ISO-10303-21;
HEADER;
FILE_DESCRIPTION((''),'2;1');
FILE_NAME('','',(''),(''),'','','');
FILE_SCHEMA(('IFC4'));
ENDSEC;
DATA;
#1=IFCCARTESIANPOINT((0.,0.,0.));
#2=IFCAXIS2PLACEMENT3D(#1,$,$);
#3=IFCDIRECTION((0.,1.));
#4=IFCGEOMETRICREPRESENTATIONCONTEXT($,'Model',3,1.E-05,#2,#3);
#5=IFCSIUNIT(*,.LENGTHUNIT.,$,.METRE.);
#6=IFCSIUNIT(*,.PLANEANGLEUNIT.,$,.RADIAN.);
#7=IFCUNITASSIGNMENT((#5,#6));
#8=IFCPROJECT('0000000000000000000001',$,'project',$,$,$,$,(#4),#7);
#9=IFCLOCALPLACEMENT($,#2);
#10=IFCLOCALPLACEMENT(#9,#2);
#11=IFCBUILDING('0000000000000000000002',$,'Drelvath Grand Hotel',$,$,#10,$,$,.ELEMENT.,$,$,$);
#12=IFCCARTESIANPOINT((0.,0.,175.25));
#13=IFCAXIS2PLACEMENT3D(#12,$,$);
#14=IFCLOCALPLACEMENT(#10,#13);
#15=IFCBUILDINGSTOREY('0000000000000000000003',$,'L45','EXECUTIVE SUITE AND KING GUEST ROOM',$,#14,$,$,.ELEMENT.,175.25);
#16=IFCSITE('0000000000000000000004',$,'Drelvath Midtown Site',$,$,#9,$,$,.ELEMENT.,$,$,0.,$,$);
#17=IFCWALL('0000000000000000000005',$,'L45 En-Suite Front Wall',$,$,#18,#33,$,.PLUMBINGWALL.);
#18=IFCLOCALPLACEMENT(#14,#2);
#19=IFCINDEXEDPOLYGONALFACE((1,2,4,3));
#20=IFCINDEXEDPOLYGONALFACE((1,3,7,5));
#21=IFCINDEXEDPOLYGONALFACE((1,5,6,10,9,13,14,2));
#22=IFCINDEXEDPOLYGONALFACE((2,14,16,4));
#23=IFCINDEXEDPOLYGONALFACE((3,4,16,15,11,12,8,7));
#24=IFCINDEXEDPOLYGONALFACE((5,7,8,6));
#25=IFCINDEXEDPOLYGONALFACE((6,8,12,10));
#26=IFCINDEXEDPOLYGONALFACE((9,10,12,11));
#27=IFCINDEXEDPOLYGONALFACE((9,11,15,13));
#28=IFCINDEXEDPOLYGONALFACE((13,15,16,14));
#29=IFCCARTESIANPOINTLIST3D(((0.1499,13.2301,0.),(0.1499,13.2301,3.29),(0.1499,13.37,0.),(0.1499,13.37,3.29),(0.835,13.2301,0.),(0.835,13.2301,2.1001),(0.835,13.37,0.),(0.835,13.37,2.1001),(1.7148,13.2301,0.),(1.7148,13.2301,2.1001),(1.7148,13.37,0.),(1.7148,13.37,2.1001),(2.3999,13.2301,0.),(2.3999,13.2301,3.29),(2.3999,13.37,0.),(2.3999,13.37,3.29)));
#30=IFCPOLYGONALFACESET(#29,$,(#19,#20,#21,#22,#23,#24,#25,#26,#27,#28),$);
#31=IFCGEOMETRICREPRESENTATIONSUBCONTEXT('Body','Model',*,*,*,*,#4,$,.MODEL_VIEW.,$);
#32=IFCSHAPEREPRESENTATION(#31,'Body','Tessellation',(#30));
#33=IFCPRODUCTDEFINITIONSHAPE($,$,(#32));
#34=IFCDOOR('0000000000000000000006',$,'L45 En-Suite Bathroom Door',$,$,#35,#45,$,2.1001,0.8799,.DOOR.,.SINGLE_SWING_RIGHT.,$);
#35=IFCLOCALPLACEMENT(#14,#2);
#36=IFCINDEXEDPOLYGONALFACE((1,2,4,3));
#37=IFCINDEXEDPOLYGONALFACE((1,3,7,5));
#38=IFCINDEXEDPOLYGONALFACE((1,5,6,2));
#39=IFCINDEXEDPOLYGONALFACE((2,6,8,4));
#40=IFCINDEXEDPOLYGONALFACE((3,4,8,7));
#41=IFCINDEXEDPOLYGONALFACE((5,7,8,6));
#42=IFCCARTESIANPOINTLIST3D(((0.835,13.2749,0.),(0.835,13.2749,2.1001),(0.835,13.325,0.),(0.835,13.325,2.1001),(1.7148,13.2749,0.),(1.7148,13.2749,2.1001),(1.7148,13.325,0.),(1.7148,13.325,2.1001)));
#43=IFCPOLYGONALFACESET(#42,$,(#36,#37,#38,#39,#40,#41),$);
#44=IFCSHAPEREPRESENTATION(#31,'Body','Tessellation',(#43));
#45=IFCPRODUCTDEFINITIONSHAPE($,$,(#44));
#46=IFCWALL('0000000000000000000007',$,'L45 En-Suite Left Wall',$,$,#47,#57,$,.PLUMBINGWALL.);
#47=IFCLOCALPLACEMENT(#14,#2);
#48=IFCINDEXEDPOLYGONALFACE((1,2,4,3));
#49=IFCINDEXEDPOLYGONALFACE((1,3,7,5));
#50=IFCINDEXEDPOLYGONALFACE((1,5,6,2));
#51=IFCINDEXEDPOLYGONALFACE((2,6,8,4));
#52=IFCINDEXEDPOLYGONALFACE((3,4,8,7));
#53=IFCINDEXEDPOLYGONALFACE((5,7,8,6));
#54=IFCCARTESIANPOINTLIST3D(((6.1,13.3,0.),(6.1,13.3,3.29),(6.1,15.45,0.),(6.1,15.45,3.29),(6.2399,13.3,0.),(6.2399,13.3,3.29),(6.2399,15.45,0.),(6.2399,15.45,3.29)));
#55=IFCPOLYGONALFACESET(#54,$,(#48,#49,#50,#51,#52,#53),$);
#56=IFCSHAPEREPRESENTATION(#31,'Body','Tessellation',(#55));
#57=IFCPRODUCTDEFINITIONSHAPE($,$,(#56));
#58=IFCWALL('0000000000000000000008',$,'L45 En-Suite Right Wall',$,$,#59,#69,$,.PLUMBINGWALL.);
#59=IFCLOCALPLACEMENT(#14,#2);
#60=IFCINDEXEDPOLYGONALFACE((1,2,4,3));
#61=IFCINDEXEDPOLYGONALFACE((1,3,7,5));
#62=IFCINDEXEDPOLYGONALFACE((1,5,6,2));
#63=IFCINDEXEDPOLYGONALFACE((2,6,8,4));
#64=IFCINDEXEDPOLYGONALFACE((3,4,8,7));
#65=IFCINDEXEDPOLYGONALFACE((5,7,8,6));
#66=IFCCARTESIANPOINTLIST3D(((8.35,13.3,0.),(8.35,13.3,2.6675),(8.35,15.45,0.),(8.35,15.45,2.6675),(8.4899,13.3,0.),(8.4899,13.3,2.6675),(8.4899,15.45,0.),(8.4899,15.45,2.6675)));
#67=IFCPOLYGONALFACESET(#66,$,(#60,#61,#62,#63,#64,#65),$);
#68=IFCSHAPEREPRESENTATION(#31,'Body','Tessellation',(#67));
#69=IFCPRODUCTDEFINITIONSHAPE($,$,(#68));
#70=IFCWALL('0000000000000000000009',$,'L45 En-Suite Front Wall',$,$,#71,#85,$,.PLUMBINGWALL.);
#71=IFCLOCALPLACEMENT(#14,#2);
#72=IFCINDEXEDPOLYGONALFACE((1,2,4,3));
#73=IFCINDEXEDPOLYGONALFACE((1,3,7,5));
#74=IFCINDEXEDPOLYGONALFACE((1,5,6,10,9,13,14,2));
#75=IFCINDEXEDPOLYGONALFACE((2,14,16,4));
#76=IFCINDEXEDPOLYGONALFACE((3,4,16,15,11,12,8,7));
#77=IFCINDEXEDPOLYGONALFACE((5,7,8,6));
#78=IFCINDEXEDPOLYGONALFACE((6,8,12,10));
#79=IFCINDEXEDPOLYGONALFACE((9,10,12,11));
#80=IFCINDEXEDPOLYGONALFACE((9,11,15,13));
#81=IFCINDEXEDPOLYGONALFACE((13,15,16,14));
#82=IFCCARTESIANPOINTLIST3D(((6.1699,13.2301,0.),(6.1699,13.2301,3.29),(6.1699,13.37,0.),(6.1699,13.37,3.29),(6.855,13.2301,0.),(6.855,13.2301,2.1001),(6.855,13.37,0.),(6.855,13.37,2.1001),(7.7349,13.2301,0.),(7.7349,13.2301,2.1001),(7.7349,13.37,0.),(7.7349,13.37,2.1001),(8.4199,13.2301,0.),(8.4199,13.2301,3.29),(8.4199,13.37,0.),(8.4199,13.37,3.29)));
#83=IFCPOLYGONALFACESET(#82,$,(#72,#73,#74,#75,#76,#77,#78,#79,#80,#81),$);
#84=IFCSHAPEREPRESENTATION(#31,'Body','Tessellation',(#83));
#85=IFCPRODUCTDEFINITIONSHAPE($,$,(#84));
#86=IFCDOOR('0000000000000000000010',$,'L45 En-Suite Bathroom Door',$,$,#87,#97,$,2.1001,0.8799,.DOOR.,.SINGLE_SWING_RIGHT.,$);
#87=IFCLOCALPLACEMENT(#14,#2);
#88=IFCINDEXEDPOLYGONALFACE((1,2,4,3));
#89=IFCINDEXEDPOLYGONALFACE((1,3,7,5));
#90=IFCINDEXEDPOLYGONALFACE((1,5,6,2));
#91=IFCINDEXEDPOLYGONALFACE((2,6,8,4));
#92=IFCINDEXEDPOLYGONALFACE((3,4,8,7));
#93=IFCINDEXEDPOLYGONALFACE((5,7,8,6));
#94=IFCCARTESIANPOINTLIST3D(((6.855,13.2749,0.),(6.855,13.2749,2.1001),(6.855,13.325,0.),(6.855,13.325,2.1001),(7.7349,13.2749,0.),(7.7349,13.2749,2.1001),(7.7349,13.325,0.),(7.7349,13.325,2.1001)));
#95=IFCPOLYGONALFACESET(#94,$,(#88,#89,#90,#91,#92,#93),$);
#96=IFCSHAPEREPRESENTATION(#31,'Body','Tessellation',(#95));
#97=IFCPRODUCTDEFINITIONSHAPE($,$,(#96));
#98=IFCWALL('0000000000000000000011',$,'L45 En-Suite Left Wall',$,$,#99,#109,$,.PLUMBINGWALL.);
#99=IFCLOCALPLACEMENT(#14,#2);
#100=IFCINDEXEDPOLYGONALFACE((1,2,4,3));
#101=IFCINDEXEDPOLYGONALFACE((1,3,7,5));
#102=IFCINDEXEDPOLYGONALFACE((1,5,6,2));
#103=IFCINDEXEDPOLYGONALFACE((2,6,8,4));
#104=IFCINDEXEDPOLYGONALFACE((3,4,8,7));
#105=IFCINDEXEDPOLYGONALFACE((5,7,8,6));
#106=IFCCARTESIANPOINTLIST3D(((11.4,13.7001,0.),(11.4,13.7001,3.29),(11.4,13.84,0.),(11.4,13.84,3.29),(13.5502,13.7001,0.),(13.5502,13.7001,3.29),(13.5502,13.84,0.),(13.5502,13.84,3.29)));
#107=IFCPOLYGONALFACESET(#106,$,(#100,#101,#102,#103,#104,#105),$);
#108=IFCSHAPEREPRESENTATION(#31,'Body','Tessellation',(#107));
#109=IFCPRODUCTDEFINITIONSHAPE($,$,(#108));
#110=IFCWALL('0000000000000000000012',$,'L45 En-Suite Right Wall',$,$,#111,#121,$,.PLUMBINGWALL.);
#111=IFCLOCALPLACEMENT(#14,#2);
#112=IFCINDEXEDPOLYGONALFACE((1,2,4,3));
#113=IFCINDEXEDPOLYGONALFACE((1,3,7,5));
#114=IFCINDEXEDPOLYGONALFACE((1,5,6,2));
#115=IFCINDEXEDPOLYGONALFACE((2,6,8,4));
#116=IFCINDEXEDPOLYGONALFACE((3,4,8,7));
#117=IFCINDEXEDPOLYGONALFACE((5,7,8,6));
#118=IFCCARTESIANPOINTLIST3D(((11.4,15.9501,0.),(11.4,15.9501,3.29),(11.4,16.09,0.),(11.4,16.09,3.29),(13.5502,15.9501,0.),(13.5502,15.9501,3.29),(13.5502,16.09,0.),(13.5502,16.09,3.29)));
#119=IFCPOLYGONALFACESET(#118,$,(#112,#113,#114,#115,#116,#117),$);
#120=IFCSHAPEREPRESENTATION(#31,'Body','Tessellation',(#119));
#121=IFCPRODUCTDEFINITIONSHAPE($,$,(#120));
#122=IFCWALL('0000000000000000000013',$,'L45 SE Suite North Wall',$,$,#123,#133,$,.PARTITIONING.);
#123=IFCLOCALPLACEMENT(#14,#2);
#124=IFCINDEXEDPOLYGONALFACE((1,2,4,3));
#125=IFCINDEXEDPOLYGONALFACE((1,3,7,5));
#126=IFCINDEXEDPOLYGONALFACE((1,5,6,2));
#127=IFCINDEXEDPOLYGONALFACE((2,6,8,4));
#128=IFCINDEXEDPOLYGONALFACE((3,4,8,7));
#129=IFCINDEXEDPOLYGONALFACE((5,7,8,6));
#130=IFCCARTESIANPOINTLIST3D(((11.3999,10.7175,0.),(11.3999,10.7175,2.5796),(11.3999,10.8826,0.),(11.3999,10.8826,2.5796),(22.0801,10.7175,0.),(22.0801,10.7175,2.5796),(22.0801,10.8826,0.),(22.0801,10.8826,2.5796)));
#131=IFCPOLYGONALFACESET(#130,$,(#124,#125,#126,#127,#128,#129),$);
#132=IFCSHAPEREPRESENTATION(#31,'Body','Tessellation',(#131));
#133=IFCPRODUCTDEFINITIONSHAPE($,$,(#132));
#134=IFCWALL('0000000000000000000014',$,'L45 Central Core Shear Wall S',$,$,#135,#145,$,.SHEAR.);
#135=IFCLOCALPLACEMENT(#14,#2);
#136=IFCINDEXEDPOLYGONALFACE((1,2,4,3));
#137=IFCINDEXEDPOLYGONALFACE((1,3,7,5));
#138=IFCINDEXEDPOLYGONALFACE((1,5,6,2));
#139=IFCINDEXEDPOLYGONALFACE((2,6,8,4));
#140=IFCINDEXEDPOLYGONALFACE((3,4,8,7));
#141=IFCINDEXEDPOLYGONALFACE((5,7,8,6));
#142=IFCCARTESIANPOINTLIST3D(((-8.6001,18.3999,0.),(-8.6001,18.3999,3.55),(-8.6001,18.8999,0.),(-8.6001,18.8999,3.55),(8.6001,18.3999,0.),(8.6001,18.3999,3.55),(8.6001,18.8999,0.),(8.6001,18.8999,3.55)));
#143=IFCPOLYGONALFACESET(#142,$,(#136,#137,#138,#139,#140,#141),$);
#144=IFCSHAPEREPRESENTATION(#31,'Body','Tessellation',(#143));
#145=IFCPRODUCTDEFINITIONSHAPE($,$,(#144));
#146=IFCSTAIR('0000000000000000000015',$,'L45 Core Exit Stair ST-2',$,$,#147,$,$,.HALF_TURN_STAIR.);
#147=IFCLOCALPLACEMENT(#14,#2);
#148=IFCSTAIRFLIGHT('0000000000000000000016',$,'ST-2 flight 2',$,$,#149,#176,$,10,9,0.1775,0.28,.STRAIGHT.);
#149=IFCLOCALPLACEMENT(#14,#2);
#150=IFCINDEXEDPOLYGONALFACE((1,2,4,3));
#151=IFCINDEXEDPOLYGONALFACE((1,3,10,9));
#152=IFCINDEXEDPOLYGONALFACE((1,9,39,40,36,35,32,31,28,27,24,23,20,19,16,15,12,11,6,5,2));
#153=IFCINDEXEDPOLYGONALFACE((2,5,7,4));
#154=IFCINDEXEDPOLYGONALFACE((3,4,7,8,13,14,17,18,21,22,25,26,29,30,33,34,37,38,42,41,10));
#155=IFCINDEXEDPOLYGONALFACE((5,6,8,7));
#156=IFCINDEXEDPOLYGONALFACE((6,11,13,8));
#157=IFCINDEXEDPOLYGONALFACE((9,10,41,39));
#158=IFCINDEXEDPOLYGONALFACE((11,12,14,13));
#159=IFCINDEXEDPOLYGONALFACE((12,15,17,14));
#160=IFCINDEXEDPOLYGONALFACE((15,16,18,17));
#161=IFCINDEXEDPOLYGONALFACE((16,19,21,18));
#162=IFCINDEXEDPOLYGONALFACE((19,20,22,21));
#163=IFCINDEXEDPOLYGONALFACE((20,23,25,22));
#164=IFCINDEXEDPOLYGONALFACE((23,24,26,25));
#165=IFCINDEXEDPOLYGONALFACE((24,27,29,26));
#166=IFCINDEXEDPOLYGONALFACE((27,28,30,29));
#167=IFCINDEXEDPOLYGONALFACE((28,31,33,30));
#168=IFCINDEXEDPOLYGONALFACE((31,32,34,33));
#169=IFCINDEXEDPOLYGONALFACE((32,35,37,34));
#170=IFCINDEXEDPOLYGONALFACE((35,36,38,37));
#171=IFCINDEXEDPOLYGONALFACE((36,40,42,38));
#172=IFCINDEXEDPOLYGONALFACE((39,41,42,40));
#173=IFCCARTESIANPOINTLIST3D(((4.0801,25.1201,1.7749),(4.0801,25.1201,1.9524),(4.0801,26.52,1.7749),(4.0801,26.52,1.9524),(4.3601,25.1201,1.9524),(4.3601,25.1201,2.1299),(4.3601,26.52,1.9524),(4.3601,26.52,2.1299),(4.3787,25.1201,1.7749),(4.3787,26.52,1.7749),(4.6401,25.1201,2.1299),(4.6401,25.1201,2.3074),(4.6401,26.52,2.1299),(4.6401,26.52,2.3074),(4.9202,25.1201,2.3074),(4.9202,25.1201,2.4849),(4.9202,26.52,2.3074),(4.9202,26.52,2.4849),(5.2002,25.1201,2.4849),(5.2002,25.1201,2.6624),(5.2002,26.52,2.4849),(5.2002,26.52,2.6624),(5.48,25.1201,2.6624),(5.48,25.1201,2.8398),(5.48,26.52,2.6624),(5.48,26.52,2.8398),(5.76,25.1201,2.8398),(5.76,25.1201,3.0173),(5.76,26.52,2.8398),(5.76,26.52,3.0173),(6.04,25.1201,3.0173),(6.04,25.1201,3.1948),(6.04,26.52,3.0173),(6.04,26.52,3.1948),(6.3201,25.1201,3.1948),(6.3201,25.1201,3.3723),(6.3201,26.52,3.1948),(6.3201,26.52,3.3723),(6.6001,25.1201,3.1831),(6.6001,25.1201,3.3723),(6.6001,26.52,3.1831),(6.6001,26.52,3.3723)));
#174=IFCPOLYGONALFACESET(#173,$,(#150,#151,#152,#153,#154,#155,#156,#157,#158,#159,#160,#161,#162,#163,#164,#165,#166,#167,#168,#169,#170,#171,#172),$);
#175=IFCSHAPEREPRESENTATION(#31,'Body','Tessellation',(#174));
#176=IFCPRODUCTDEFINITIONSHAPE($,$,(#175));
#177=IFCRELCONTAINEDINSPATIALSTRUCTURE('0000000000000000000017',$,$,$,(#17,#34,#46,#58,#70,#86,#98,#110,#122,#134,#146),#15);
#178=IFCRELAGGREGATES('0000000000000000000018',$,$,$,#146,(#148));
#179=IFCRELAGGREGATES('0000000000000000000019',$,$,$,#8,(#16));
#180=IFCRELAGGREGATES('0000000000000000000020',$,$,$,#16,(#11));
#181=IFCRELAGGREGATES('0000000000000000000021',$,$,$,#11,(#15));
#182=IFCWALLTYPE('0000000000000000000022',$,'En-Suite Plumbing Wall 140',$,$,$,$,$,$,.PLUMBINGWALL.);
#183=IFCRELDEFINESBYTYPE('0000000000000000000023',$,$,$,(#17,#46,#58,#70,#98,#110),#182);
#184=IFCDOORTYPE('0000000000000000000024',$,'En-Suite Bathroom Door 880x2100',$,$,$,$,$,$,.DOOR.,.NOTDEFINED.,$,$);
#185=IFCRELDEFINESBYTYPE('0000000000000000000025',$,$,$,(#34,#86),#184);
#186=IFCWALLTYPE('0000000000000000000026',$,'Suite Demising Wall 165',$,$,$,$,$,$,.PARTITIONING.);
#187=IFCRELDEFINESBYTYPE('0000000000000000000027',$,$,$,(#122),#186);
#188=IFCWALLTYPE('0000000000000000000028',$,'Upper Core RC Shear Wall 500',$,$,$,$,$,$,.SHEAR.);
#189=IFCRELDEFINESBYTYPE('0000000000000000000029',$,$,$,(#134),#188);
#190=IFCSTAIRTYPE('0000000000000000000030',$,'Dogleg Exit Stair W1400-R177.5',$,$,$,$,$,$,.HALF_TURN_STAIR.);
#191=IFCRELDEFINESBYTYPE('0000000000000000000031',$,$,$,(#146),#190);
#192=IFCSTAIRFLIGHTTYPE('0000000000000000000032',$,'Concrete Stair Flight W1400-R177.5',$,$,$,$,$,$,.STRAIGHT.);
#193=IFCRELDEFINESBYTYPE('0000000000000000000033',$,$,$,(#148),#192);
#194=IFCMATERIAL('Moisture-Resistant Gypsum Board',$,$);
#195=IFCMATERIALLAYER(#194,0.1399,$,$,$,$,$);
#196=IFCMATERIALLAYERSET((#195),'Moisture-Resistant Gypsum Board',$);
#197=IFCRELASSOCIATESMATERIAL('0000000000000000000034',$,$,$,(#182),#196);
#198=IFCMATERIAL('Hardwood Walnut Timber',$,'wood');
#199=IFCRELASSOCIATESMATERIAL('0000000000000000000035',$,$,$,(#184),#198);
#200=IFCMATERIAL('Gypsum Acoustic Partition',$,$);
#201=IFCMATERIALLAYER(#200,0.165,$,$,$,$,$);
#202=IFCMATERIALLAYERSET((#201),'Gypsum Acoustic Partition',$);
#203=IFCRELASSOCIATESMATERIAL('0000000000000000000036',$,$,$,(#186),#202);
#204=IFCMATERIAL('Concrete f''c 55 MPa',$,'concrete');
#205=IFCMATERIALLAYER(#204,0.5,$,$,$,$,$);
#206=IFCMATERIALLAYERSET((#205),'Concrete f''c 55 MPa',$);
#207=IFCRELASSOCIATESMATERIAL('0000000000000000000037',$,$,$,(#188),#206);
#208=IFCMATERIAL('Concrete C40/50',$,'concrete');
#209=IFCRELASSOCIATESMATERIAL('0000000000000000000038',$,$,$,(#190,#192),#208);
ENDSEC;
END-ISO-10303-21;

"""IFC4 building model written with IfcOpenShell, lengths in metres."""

from ifc_helpers import new_model, si_unit, direction, frame, frame_2d, origin, place, context, subcontext, project, spatial, polyline, rectangle, outline, extrude, material, layer, layer_set, type_object, element, fill, aggregate, save


model = new_model("IFC4")

# Units and contexts
model_context = context("Model", 3, precision=1e-05, world=origin(), true_north=direction((0.0, 1.0)))
body_context = subcontext(model_context, "Body", "Model", "MODEL_VIEW")
ifc_project = project(units=[si_unit("LENGTHUNIT", "METRE"), si_unit("PLANEANGLEUNIT", "RADIAN")], contexts=[model_context])

# Site, building, storey
site_placement = place(None, origin())
site = spatial("IfcSite", under=ifc_project, at=site_placement, Name="Drelvath Midtown Site", CompositionType="ELEMENT", RefElevation=0.0)
building_placement = place(site_placement, origin())
building = spatial("IfcBuilding", under=site, at=building_placement, Name="Drelvath Grand Hotel", CompositionType="ELEMENT")
storey_placement = place(building_placement, frame((0.0, 0.0, 175.25)))
storey = spatial("IfcBuildingStorey", under=building, at=storey_placement, Name="L45", Description="EXECUTIVE SUITE AND KING GUEST ROOM", CompositionType="ELEMENT", Elevation=175.25)

# Shared definitions
ifc_material_1 = material(Name="Concrete f'c 55 MPa", Category="concrete")

# Shared definitions
ifc_material_2 = material(Name="Concrete C40/50", Category="concrete")

# Shared definitions
ifc_material_3 = material(Name="Moisture-Resistant Gypsum Board")
ifc_layer_1 = layer(ifc_material_3, 0.1399)
ifc_layer_set_1 = layer_set([ifc_layer_1], Name="Moisture-Resistant Gypsum Board")
wall_type_1 = type_object("IfcWallType", Name="En-Suite Plumbing Wall 140", PredefinedType="PLUMBINGWALL", material=ifc_layer_set_1)

# Wall, opening, door
wall_1_placement = place(storey_placement, frame((0.1499, 13.3, 0.0), z_axis=(0.0, 0.0, 1.0), x_axis=(1.0, 0.0, 0.0)))
wall_1 = element("IfcWall", 1, at=wall_1_placement, inside=storey, type_object=wall_type_1, Name="L45 En-Suite Front Wall", PredefinedType="PLUMBINGWALL", context=body_context, shape_type="SweptSolid", body=[
    extrude(rectangle(XDim=2.25, YDim=0.1399, at=frame_2d((1.125, 0.0))), origin(), (0.0, 0.0, 1.0), 3.29),
])
opening_1_placement = place(wall_1_placement, frame((0.6851, 0.0, 0.0)))
opening_1 = element("IfcOpeningElement", 2, at=opening_1_placement, cuts=wall_1, PredefinedType="OPENING", context=body_context, shape_type="SweptSolid", body=[
    extrude(rectangle(XDim=0.8799, YDim=2.1001, at=frame_2d((0.4399, 1.05))), frame((0.0, 0.0798, 0.0), z_axis=(0.0, -1.0, 0.0), x_axis=(1.0, 0.0, 0.0)), (0.0, 0.0, 1.0), 0.1599),
])
ifc_material_4 = material(Name="Hardwood Walnut Timber", Category="wood")
door_type_1 = type_object("IfcDoorType", Name="En-Suite Bathroom Door 880x2100", OperationType="NOTDEFINED", PredefinedType="DOOR", material=ifc_material_4)
door_1_placement = place(opening_1_placement, origin())
door_1 = element("IfcDoor", 3, at=door_1_placement, inside=storey, type_object=door_type_1, Name="L45 En-Suite Bathroom Door", OperationType="SINGLE_SWING_RIGHT", OverallHeight=2.1001, OverallWidth=0.8799, PredefinedType="DOOR", context=body_context, shape_type="SweptSolid", body=[
    extrude(rectangle(XDim=0.8799, YDim=2.1001, at=frame_2d((0.4399, 1.05))), frame((0.0, 0.0249, 0.0), z_axis=(0.0, -1.0, 0.0), x_axis=(1.0, 0.0, 0.0)), (0.0, 0.0, 1.0), 0.05),
])
fill(opening_1, door_1)

# Walls
wall_2_placement = place(storey_placement, frame((6.1699, 15.45, 0.0), z_axis=(0.0, 0.0, 1.0), x_axis=(0.0, -1.0, 0.0)))
element("IfcWall", 4, at=wall_2_placement, inside=storey, type_object=wall_type_1, Name="L45 En-Suite Left Wall", PredefinedType="PLUMBINGWALL", context=body_context, shape_type="SweptSolid", body=[
    extrude(rectangle(XDim=2.1499, YDim=0.1399, at=frame_2d((1.075, 0.0))), origin(), (0.0, 0.0, 1.0), 3.29),
])
wall_3_placement = place(storey_placement, frame((8.4199, 15.45, 0.0), z_axis=(0.0, 0.0, 1.0), x_axis=(0.0, -1.0, 0.0)))
element("IfcWall", 5, at=wall_3_placement, inside=storey, type_object=wall_type_1, Name="L45 En-Suite Right Wall", PredefinedType="PLUMBINGWALL", context=body_context, shape_type="SweptSolid", body=[
    extrude(rectangle(XDim=2.1499, YDim=0.1399, at=frame_2d((1.075, 0.0))), origin(), (0.0, 0.0, 1.0), 2.6675),
])

# Wall, opening, door
wall_4_placement = place(storey_placement, frame((6.1699, 13.3, 0.0), z_axis=(0.0, 0.0, 1.0), x_axis=(1.0, 0.0, 0.0)))
wall_4 = element("IfcWall", 6, at=wall_4_placement, inside=storey, type_object=wall_type_1, Name="L45 En-Suite Front Wall", PredefinedType="PLUMBINGWALL", context=body_context, shape_type="SweptSolid", body=[
    extrude(rectangle(XDim=2.25, YDim=0.1399, at=frame_2d((1.125, 0.0))), origin(), (0.0, 0.0, 1.0), 3.29),
])
opening_2_placement = place(wall_4_placement, frame((0.6851, 0.0, 0.0)))
opening_2 = element("IfcOpeningElement", 7, at=opening_2_placement, cuts=wall_4, PredefinedType="OPENING", context=body_context, shape_type="SweptSolid", body=[
    extrude(rectangle(XDim=0.8799, YDim=2.1001, at=frame_2d((0.4399, 1.05))), frame((0.0, 0.0798, 0.0), z_axis=(0.0, -1.0, 0.0), x_axis=(1.0, 0.0, 0.0)), (0.0, 0.0, 1.0), 0.1599),
])
door_2_placement = place(opening_2_placement, origin())
door_2 = element("IfcDoor", 8, at=door_2_placement, inside=storey, type_object=door_type_1, Name="L45 En-Suite Bathroom Door", OperationType="SINGLE_SWING_RIGHT", OverallHeight=2.1001, OverallWidth=0.8799, PredefinedType="DOOR", context=body_context, shape_type="SweptSolid", body=[
    extrude(rectangle(XDim=0.8799, YDim=2.1001, at=frame_2d((0.4399, 1.05))), frame((0.0, 0.0249, 0.0), z_axis=(0.0, -1.0, 0.0), x_axis=(1.0, 0.0, 0.0)), (0.0, 0.0, 1.0), 0.05),
])
fill(opening_2, door_2)

# Walls
for number, where, z_axis, x_axis, name in (
    (9, (11.3999, 13.77, 0.0), (0.0, 0.0, 1.0), (1.0, 0.0, 0.0), "L45 En-Suite Left Wall"),
    (10, (11.3999, 16.02, 0.0), (0.0, 0.0, 1.0), (1.0, 0.0, 0.0), "L45 En-Suite Right Wall"),
):
    element("IfcWall", number, at=place(storey_placement, frame(where, z_axis=z_axis, x_axis=x_axis)), inside=storey, type_object=wall_type_1, Name=name, PredefinedType="PLUMBINGWALL", context=body_context, shape_type="SweptSolid", body=[
        extrude(rectangle(XDim=2.1501, YDim=0.1399, at=frame_2d((1.0752, 0.0))), origin(), (0.0, 0.0, 1.0), 3.29),
    ])
ifc_material_5 = material(Name="Gypsum Acoustic Partition")
ifc_layer_2 = layer(ifc_material_5, 0.165)
ifc_layer_set_2 = layer_set([ifc_layer_2], Name="Gypsum Acoustic Partition")
wall_type_2 = type_object("IfcWallType", Name="Suite Demising Wall 165", PredefinedType="PARTITIONING", material=ifc_layer_set_2)
wall_5_placement = place(storey_placement, frame((11.3999, 10.8, 0.0), z_axis=(0.0, 0.0, 1.0), x_axis=(1.0, 0.0, 0.0)))
element("IfcWall", 11, at=wall_5_placement, inside=storey, type_object=wall_type_2, Name="L45 SE Suite North Wall", PredefinedType="PARTITIONING", context=body_context, shape_type="SweptSolid", body=[
    extrude(rectangle(XDim=10.6802, YDim=0.165, at=frame_2d((5.3401, 0.0))), origin(), (0.0, 0.0, 1.0), 2.5796),
])
ifc_layer_3 = layer(ifc_material_1, 0.5)
ifc_layer_set_3 = layer_set([ifc_layer_3], Name="Concrete f'c 55 MPa")
wall_type_3 = type_object("IfcWallType", Name="Upper Core RC Shear Wall 500", PredefinedType="SHEAR", material=ifc_layer_set_3)
wall_6_placement = place(storey_placement, frame((8.6001, 18.6499, 0.0), z_axis=(0.0, 0.0, 1.0), x_axis=(-1.0, 0.0, 0.0)))
element("IfcWall", 12, at=wall_6_placement, inside=storey, type_object=wall_type_3, Name="L45 Central Core Shear Wall S", PredefinedType="SHEAR", context=body_context, shape_type="SweptSolid", body=[
    extrude(rectangle(XDim=17.2002, YDim=0.5, at=frame_2d((8.6001, 0.0))), origin(), (0.0, 0.0, 1.0), 3.55),
])

# Stair, stair flight
stair_type = type_object("IfcStairType", Name="Dogleg Exit Stair W1400-R177.5", PredefinedType="HALF_TURN_STAIR", material=ifc_material_2)
stair_placement = place(storey_placement, origin())
stair = element("IfcStair", 13, at=stair_placement, inside=storey, type_object=stair_type, Name="L45 Core Exit Stair ST-2", PredefinedType="HALF_TURN_STAIR")
stair_flight_type = type_object("IfcStairFlightType", Name="Concrete Stair Flight W1400-R177.5", PredefinedType="STRAIGHT", material=ifc_material_2)
stair_flight_placement = place(storey_placement, frame((4.0801, 25.8201, 1.7749), z_axis=(0.0, 0.0, 1.0), x_axis=(1.0, 0.0, 0.0)))
stair_flight = element("IfcStairFlight", 14, at=stair_flight_placement, type_object=stair_flight_type, Name="ST-2 flight 2", NumberOfRisers=10, NumberOfTreads=9, PredefinedType="STRAIGHT", RiserHeight=0.1775, TreadLength=0.28, context=body_context, shape_type="SweptSolid", body=[
    extrude(outline(polyline([(0.0, 0.0), (0.0, 0.1775), (0.28, 0.1775), (0.28, 0.355), (0.5601, 0.355), (0.5601, 0.5325), (0.8401, 0.5325), (0.8401, 0.71), (1.1201, 0.71), (1.1201, 0.8875), (1.3999, 0.8875), (1.3999, 1.0649), (1.6799, 1.0649), (1.6799, 1.2424), (1.96, 1.2424), (1.96, 1.4199), (2.24, 1.4199), (2.24, 1.5974), (2.52, 1.5974), (2.52, 1.7749), (2.52, 1.4082), (0.2986, 0.0), (0.0, 0.0)])), frame((0.0, 0.7, 0.0), z_axis=(0.0, -1.0, 0.0), x_axis=(1.0, 0.0, 0.0)), (0.0, 0.0, 1.0), 1.3999),
])
aggregate(stair, [stair_flight])

save(model, "model.ifc")
